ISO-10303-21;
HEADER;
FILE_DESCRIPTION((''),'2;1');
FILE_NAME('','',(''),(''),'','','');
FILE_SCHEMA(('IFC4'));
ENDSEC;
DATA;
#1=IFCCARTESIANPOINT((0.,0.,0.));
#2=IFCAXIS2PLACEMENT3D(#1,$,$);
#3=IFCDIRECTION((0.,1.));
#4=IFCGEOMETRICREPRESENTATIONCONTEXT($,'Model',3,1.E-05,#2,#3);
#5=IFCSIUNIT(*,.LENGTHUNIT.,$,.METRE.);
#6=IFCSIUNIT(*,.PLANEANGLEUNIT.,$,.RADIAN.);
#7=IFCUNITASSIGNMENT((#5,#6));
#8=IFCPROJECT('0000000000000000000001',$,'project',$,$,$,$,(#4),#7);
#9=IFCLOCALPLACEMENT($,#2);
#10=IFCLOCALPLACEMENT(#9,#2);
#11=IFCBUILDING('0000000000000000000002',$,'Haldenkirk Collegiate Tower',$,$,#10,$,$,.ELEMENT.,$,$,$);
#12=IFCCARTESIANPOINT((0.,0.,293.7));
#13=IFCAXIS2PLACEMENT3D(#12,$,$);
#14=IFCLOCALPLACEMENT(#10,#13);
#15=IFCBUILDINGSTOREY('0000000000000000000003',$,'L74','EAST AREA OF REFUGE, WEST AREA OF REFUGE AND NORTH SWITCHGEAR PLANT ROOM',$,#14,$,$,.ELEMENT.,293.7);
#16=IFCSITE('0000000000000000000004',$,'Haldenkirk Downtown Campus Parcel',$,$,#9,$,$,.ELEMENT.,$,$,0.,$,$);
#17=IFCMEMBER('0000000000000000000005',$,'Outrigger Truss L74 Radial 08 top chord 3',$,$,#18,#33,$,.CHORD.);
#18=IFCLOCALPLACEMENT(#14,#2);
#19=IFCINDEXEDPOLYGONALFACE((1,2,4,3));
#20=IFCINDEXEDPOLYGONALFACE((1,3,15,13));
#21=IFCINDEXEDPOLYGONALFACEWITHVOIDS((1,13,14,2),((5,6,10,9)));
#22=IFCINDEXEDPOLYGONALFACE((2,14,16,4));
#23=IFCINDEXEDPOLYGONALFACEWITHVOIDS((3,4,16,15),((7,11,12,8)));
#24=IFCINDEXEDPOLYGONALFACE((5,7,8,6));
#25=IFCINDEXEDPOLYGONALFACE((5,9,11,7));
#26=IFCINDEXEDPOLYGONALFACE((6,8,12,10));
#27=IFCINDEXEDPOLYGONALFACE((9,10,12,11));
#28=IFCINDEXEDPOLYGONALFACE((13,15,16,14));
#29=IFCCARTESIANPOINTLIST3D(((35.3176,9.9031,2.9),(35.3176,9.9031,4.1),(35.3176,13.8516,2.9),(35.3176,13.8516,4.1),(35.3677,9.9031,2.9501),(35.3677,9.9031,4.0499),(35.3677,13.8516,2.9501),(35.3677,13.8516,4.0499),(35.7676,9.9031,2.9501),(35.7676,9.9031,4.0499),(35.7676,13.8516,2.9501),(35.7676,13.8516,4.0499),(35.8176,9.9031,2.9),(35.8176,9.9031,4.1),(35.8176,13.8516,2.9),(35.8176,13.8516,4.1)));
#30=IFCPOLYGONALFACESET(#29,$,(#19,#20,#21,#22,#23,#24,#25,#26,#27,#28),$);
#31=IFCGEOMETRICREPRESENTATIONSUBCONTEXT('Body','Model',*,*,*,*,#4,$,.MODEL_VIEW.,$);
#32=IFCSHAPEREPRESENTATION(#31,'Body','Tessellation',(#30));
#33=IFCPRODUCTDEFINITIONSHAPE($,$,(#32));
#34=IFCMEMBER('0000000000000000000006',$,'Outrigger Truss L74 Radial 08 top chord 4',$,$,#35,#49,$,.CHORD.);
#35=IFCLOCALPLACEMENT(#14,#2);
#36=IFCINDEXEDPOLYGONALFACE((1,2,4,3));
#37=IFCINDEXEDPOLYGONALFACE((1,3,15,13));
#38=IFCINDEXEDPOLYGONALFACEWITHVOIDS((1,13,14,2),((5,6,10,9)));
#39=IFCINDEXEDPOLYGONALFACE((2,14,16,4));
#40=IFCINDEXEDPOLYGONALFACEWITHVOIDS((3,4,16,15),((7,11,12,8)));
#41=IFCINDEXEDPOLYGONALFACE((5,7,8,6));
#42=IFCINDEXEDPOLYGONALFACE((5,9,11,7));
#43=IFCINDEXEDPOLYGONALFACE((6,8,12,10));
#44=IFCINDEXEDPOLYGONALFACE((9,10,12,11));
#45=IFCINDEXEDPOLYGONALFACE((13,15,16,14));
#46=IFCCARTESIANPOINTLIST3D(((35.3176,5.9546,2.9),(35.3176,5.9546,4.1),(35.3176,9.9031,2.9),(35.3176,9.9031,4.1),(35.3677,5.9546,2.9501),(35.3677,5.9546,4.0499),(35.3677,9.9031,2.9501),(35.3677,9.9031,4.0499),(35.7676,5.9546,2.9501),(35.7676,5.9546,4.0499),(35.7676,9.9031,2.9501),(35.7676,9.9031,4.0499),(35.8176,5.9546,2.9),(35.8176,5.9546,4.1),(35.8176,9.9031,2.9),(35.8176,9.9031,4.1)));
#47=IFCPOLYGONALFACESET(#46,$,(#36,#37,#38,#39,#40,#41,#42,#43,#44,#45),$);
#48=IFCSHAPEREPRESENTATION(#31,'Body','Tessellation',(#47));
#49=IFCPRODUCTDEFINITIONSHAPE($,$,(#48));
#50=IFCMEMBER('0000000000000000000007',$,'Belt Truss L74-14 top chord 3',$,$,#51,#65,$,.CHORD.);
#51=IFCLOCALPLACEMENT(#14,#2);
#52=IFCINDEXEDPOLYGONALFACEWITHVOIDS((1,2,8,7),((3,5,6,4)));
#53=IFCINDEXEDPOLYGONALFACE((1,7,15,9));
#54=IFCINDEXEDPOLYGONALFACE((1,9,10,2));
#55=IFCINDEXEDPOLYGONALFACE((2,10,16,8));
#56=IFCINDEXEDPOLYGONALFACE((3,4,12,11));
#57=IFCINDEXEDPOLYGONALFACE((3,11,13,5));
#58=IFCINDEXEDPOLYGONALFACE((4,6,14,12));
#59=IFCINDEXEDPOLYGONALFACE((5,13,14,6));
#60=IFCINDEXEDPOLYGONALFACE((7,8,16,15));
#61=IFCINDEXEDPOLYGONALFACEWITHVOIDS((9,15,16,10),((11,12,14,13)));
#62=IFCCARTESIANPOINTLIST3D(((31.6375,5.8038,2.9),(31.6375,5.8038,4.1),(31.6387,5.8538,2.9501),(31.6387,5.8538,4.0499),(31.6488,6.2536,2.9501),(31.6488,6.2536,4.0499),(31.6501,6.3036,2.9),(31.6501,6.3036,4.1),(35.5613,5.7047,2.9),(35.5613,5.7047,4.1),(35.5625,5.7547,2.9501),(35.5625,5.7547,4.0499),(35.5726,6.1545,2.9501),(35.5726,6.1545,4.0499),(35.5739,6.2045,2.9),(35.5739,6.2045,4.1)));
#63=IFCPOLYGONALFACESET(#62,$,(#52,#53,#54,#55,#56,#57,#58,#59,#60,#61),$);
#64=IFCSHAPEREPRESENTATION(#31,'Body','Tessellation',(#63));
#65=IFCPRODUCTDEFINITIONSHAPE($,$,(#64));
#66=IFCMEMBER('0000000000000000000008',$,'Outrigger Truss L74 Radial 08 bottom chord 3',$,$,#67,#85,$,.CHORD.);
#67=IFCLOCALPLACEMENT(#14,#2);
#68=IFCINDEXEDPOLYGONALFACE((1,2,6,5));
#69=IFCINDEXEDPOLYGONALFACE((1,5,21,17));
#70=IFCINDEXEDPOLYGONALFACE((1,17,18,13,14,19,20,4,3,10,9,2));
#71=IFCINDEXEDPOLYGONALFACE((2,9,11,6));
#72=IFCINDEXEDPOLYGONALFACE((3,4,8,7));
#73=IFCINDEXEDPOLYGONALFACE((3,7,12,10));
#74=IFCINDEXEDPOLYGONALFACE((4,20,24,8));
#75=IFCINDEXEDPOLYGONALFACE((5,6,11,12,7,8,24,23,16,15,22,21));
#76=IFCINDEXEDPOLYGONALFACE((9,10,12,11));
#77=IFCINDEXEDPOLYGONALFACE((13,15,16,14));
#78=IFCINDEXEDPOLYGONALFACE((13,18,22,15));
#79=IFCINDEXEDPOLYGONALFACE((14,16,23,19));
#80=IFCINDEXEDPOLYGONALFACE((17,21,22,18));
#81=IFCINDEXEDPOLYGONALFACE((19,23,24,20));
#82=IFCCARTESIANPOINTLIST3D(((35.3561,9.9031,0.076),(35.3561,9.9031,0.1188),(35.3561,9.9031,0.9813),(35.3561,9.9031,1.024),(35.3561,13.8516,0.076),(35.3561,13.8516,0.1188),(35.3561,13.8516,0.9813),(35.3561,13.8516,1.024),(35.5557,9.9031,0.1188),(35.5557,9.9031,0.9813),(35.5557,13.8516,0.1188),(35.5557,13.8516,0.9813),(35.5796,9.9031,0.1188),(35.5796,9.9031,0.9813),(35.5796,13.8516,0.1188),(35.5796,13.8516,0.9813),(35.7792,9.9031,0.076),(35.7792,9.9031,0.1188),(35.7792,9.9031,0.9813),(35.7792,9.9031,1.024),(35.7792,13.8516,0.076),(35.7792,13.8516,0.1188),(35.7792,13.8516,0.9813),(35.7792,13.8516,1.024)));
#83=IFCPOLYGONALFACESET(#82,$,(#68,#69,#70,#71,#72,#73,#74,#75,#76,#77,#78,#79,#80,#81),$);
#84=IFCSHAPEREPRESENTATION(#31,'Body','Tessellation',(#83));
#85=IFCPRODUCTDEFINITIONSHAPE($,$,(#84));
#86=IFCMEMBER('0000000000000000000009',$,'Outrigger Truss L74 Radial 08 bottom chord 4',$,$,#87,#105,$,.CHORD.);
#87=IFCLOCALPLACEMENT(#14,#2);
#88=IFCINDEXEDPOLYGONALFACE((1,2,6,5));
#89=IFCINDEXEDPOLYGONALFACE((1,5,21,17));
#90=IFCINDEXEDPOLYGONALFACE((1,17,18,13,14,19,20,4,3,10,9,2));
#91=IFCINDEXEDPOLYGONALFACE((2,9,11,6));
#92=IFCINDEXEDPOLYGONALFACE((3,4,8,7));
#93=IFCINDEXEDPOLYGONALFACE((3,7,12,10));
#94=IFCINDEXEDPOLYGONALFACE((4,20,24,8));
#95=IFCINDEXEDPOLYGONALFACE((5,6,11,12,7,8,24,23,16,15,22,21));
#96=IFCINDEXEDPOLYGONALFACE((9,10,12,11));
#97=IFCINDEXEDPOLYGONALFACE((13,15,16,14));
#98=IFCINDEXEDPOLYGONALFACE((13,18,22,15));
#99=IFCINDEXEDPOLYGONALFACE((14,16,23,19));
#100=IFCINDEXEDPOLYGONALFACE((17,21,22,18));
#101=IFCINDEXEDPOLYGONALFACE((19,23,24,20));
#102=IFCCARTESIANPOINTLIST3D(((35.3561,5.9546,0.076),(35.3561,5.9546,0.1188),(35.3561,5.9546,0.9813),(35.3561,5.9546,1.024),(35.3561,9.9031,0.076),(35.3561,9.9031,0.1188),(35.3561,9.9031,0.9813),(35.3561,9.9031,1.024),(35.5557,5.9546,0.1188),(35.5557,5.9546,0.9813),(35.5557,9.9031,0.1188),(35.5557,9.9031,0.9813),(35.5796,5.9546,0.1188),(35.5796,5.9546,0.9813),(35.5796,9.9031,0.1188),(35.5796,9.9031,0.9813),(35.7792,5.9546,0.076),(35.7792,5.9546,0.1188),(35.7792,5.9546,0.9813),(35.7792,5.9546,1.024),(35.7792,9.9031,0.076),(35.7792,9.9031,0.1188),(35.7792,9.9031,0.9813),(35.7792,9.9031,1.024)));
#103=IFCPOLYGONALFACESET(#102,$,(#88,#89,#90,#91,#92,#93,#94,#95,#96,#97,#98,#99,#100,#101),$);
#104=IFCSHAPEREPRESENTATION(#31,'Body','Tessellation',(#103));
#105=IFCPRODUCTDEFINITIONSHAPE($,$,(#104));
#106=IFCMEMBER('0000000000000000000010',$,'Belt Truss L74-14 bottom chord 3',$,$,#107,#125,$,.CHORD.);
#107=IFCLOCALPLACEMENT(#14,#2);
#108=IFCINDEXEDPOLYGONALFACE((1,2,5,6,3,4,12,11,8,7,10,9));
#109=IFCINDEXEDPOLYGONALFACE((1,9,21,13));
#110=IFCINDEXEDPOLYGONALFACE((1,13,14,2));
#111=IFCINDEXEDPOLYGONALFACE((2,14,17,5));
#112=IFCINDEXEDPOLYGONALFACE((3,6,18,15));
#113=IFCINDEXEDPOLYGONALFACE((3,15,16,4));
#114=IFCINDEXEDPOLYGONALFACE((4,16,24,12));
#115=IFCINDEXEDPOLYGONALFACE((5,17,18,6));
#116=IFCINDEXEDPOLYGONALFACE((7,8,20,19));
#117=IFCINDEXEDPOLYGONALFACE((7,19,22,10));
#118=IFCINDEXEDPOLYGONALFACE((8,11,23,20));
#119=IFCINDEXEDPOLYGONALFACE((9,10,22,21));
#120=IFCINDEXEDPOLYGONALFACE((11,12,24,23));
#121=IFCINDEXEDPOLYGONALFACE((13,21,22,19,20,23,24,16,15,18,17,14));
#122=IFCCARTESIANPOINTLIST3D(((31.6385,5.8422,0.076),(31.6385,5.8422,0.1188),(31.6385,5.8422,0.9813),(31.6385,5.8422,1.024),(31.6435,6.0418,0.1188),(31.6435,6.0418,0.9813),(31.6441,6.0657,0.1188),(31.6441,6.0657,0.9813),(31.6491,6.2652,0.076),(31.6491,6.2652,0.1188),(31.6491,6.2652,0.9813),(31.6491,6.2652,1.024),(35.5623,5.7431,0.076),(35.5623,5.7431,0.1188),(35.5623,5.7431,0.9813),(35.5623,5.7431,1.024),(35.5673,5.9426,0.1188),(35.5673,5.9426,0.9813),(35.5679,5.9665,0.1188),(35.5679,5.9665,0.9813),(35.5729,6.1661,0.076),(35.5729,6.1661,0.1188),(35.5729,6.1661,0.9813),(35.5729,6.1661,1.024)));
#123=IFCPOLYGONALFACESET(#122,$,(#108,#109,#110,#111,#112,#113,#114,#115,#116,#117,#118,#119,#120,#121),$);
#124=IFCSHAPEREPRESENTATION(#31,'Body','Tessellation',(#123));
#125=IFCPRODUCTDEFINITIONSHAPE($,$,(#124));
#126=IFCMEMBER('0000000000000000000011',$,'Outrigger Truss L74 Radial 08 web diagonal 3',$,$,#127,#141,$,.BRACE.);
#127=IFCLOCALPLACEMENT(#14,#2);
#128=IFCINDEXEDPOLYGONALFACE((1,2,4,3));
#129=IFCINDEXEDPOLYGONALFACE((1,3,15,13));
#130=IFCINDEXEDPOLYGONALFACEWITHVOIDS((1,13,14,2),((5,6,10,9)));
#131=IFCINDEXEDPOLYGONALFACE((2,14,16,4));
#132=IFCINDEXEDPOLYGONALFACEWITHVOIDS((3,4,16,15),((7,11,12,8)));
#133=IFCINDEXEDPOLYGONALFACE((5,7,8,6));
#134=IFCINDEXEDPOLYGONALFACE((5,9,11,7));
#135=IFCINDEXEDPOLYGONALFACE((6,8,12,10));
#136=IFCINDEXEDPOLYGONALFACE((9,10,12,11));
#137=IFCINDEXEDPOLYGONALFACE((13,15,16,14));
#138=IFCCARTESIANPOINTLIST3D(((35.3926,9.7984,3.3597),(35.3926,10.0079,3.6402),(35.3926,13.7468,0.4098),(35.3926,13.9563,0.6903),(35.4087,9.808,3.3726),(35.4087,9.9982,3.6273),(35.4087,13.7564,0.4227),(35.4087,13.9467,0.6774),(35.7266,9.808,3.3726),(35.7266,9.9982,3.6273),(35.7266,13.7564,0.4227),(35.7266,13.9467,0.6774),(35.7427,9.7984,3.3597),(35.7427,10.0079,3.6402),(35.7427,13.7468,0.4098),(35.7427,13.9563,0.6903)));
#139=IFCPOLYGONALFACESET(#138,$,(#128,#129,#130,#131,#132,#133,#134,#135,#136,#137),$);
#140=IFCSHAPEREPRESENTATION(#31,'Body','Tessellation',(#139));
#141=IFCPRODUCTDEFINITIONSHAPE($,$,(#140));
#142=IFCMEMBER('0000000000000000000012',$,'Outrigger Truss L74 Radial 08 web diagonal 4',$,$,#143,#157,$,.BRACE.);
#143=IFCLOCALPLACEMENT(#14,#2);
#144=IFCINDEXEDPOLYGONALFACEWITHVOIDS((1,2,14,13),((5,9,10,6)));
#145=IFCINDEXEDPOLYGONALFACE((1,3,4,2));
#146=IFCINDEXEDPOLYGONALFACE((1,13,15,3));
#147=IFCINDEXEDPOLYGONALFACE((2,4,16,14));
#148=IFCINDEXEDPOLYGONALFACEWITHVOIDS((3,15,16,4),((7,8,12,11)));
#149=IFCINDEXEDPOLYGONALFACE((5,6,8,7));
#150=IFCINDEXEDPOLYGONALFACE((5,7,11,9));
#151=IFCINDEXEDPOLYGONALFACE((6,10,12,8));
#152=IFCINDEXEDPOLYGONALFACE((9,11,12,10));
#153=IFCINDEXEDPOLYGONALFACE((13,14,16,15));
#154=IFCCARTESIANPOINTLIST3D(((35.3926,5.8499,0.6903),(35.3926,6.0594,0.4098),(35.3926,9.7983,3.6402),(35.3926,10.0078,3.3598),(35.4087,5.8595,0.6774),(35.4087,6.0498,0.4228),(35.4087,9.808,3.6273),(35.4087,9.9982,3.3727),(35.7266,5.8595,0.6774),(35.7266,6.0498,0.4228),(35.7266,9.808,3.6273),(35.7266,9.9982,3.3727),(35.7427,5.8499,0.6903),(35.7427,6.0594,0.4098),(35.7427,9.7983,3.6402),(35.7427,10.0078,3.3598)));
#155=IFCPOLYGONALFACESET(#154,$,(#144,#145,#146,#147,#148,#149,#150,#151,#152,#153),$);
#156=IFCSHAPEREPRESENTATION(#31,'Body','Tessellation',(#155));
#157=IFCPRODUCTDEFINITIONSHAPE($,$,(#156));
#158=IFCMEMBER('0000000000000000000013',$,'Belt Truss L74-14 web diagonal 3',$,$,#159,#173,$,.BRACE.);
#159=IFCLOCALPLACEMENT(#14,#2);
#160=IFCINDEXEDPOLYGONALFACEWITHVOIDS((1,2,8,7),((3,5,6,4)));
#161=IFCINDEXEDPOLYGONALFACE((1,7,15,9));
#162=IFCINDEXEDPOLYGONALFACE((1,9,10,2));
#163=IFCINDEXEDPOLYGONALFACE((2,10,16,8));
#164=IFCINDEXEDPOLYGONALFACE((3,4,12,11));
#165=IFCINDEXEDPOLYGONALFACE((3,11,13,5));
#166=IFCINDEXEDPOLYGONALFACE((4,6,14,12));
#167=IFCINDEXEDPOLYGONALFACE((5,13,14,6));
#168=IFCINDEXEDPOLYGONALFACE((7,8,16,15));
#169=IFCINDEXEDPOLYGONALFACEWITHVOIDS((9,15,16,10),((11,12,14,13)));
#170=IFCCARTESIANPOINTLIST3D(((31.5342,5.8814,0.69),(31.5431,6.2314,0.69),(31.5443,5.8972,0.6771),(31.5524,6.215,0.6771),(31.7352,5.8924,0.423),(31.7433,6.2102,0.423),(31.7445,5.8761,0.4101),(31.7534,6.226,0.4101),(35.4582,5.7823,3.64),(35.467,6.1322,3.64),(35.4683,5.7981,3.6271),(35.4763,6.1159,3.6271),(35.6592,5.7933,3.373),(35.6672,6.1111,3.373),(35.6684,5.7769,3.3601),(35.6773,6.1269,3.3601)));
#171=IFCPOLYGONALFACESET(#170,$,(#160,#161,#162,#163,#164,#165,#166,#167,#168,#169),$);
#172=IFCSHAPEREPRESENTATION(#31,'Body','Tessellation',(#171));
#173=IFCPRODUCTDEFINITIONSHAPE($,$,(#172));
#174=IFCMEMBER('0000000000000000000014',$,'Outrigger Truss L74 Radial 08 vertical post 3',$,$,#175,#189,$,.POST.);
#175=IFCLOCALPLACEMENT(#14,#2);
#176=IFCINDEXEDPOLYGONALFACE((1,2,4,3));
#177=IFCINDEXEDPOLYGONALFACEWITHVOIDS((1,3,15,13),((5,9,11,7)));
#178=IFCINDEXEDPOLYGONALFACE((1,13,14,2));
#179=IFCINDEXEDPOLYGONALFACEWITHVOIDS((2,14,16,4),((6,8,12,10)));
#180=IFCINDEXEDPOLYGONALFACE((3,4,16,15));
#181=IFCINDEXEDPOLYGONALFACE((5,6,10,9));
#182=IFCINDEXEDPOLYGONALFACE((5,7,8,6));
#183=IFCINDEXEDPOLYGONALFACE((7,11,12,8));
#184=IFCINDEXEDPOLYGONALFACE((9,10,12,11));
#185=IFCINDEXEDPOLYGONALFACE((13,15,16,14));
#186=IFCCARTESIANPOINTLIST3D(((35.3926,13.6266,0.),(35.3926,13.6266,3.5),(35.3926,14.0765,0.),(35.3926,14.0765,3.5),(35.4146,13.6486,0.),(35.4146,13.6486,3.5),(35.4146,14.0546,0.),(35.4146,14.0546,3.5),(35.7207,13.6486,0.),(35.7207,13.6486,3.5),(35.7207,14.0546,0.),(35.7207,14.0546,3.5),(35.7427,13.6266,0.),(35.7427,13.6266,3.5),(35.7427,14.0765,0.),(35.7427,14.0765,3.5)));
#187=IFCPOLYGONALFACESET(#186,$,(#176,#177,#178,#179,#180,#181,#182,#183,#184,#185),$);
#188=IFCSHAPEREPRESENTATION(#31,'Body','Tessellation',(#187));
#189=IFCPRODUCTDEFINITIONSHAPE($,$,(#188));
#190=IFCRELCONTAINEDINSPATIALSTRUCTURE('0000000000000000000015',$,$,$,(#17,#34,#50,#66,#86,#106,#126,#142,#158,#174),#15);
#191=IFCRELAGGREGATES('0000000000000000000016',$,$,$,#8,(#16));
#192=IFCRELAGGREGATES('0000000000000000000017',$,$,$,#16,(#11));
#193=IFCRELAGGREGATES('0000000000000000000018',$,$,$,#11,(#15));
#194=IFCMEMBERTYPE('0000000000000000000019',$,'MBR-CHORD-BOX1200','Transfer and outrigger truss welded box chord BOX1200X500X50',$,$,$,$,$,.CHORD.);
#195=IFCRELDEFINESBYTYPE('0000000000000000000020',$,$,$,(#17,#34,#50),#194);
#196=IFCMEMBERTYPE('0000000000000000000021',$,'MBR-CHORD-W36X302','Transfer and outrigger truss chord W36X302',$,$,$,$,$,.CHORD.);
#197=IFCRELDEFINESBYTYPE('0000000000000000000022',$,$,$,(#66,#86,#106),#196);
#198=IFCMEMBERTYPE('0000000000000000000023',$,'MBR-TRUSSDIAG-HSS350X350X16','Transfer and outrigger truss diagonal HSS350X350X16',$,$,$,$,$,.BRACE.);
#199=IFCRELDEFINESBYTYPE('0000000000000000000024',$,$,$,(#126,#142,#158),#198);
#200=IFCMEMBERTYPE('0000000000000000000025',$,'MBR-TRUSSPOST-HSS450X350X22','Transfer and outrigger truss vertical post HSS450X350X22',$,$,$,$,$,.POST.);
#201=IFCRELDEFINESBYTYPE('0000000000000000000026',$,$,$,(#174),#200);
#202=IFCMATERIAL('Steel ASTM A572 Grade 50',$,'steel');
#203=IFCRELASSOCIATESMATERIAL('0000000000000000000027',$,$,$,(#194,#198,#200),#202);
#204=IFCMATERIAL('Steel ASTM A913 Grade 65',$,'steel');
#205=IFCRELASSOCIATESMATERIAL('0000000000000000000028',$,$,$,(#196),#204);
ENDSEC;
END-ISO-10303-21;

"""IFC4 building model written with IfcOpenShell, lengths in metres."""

from ifc_helpers import new_model, si_unit, direction, frame, origin, origin_2d, place, context, subcontext, project, spatial, hollow_rectangle, i_section, extrude, material, material_profile, profile_set, type_object, element, save


model = new_model("IFC4")

# Units and contexts
model_context = context("Model", 3, precision=1e-05, world=origin(), true_north=direction((0.0, 1.0)))
body_context = subcontext(model_context, "Body", "Model", "MODEL_VIEW")
ifc_project = project(units=[si_unit("LENGTHUNIT", "METRE"), si_unit("PLANEANGLEUNIT", "RADIAN")], contexts=[model_context])

# Site, building, storey
site_placement = place(None, origin())
site = spatial("IfcSite", under=ifc_project, at=site_placement, Name="Haldenkirk Downtown Campus Parcel", CompositionType="ELEMENT", RefElevation=0.0)
building_placement = place(site_placement, origin())
building = spatial("IfcBuilding", under=site, at=building_placement, Name="Haldenkirk Collegiate Tower", CompositionType="ELEMENT")
storey_placement = place(building_placement, frame((0.0, 0.0, 293.7)))
storey = spatial("IfcBuildingStorey", under=building, at=storey_placement, Name="L74", Description="EAST AREA OF REFUGE, WEST AREA OF REFUGE AND NORTH SWITCHGEAR PLANT ROOM", CompositionType="ELEMENT", Elevation=293.7)

# Members
ifc_material_1 = material(Name="Steel ASTM A572 Grade 50", Category="steel")
ifc_material_profile_1 = material_profile(ifc_material_1, hollow_rectangle(XDim=0.5, YDim=1.2, WallThickness=0.05, at=origin_2d()), Name="BOX1200X500X50")
ifc_profile_set_1 = profile_set([ifc_material_profile_1], Name="Steel ASTM A572 Grade 50")
member_type_1 = type_object("IfcMemberType", Name="MBR-CHORD-BOX1200", Description="Transfer and outrigger truss welded box chord BOX1200X500X50", PredefinedType="CHORD", material=ifc_profile_set_1)
for number, where, z_axis, x_axis, name in (
    (1, (35.5676, 13.8516, 3.5), (0.0, -1.0, 0.0), (1.0, 0.0, 0.0), "Outrigger Truss L74 Radial 08 top chord 3"),
    (2, (35.5676, 9.9031, 3.5), (0.0, -1.0, 0.0), (1.0, 0.0, 0.0), "Outrigger Truss L74 Radial 08 top chord 4"),
):
    element("IfcMember", number, at=place(storey_placement, frame(where, z_axis=z_axis, x_axis=x_axis)), inside=storey, type_object=member_type_1, Name=name, PredefinedType="CHORD", context=body_context, shape_type="SweptSolid", body=[
        extrude(hollow_rectangle(XDim=0.5, YDim=1.2, WallThickness=0.05, at=origin_2d()), origin(), (0.0, 0.0, 1.0), 3.9485),
    ])
member_1_placement = place(storey_placement, frame((31.6438, 6.0537, 3.5), z_axis=(0.999681, -0.025253, 0.0), x_axis=(0.025253, 0.999681, 0.0)))
element("IfcMember", 3, at=member_1_placement, inside=storey, type_object=member_type_1, Name="Belt Truss L74-14 top chord 3", PredefinedType="CHORD", context=body_context, shape_type="SweptSolid", body=[
    extrude(hollow_rectangle(XDim=0.5, YDim=1.2, WallThickness=0.05, at=origin_2d()), origin(), (0.0, 0.0, 1.0), 3.925),
])
ifc_material_2 = material(Name="Steel ASTM A913 Grade 65", Category="steel")
ifc_material_profile_2 = material_profile(ifc_material_2, i_section(OverallWidth=0.4231, OverallDepth=0.948, WebThickness=0.0239, FlangeThickness=0.0427, at=origin_2d()), Name="W36X302")
ifc_profile_set_2 = profile_set([ifc_material_profile_2], Name="Steel ASTM A913 Grade 65")
member_type_2 = type_object("IfcMemberType", Name="MBR-CHORD-W36X302", Description="Transfer and outrigger truss chord W36X302", PredefinedType="CHORD", material=ifc_profile_set_2)
for number, where, z_axis, x_axis, name in (
    (4, (35.5676, 13.8516, 0.55), (0.0, -1.0, 0.0), (1.0, 0.0, 0.0), "Outrigger Truss L74 Radial 08 bottom chord 3"),
    (5, (35.5676, 9.9031, 0.55), (0.0, -1.0, 0.0), (1.0, 0.0, 0.0), "Outrigger Truss L74 Radial 08 bottom chord 4"),
):
    element("IfcMember", number, at=place(storey_placement, frame(where, z_axis=z_axis, x_axis=x_axis)), inside=storey, type_object=member_type_2, Name=name, PredefinedType="CHORD", context=body_context, shape_type="SweptSolid", body=[
        extrude(i_section(OverallWidth=0.4231, OverallDepth=0.948, WebThickness=0.0239, FlangeThickness=0.0427, at=origin_2d()), origin(), (0.0, 0.0, 1.0), 3.9485),
    ])
member_2_placement = place(storey_placement, frame((31.6438, 6.0537, 0.55), z_axis=(0.999681, -0.025253, 0.0), x_axis=(0.025253, 0.999681, 0.0)))
element("IfcMember", 6, at=member_2_placement, inside=storey, type_object=member_type_2, Name="Belt Truss L74-14 bottom chord 3", PredefinedType="CHORD", context=body_context, shape_type="SweptSolid", body=[
    extrude(i_section(OverallWidth=0.4231, OverallDepth=0.948, WebThickness=0.0239, FlangeThickness=0.0427, at=origin_2d()), origin(), (0.0, 0.0, 1.0), 3.925),
])
ifc_material_profile_3 = material_profile(ifc_material_1, hollow_rectangle(XDim=0.3501, YDim=0.3501, WallThickness=0.0161, at=origin_2d()), Name="HSS350X350X16")
ifc_profile_set_3 = profile_set([ifc_material_profile_3], Name="Steel ASTM A572 Grade 50")
member_type_3 = type_object("IfcMemberType", Name="MBR-TRUSSDIAG-HSS350X350X16", Description="Transfer and outrigger truss diagonal HSS350X350X16", PredefinedType="BRACE", material=ifc_profile_set_3)
for number, where, z_axis, x_axis, name in (
    (7, (35.5676, 13.8516, 0.55), (0.0, -0.80111, 0.598517), (1.0, 0.0, 0.0), "Outrigger Truss L74 Radial 08 web diagonal 3"),
    (8, (35.5676, 9.9031, 3.5), (0.0, -0.80111, -0.598517), (1.0, 0.0, 0.0), "Outrigger Truss L74 Radial 08 web diagonal 4"),
):
    element("IfcMember", number, at=place(storey_placement, frame(where, z_axis=z_axis, x_axis=x_axis)), inside=storey, type_object=member_type_3, Name=name, PredefinedType="BRACE", context=body_context, shape_type="SweptSolid", body=[
        extrude(hollow_rectangle(XDim=0.3501, YDim=0.3501, WallThickness=0.0161, at=origin_2d()), origin(), (0.0, 0.0, 1.0), 4.9287),
    ])
member_3_placement = place(storey_placement, frame((31.6438, 6.0537, 0.55), z_axis=(0.799144, -0.020187, 0.6008), x_axis=(0.025253, 0.999681, 0.0)))
element("IfcMember", 9, at=member_3_placement, inside=storey, type_object=member_type_3, Name="Belt Truss L74-14 web diagonal 3", PredefinedType="BRACE", context=body_context, shape_type="SweptSolid", body=[
    extrude(hollow_rectangle(XDim=0.3501, YDim=0.3501, WallThickness=0.0161, at=origin_2d()), origin(), (0.0, 0.0, 1.0), 4.9102),
])
ifc_material_profile_4 = material_profile(ifc_material_1, hollow_rectangle(XDim=0.3501, YDim=0.45, WallThickness=0.022, at=origin_2d()), Name="HSS450X350X22")
ifc_profile_set_4 = profile_set([ifc_material_profile_4], Name="Steel ASTM A572 Grade 50")
member_type_4 = type_object("IfcMemberType", Name="MBR-TRUSSPOST-HSS450X350X22", Description="Transfer and outrigger truss vertical post HSS450X350X22", PredefinedType="POST", material=ifc_profile_set_4)
for number, where, z_axis, x_axis, name in (
    (10, (35.5676, 13.8516, 0.0), (0.0, 0.0, 1.0), (1.0, 0.0, 0.0), "Outrigger Truss L74 Radial 08 vertical post 3"),
):
    element("IfcMember", number, at=place(storey_placement, frame(where, z_axis=z_axis, x_axis=x_axis)), inside=storey, type_object=member_type_4, Name=name, PredefinedType="POST", context=body_context, shape_type="SweptSolid", body=[
        extrude(hollow_rectangle(XDim=0.3501, YDim=0.45, WallThickness=0.022, at=origin_2d()), origin(), (0.0, 0.0, 1.0), 3.5),
    ])

save(model, "model.ifc")
